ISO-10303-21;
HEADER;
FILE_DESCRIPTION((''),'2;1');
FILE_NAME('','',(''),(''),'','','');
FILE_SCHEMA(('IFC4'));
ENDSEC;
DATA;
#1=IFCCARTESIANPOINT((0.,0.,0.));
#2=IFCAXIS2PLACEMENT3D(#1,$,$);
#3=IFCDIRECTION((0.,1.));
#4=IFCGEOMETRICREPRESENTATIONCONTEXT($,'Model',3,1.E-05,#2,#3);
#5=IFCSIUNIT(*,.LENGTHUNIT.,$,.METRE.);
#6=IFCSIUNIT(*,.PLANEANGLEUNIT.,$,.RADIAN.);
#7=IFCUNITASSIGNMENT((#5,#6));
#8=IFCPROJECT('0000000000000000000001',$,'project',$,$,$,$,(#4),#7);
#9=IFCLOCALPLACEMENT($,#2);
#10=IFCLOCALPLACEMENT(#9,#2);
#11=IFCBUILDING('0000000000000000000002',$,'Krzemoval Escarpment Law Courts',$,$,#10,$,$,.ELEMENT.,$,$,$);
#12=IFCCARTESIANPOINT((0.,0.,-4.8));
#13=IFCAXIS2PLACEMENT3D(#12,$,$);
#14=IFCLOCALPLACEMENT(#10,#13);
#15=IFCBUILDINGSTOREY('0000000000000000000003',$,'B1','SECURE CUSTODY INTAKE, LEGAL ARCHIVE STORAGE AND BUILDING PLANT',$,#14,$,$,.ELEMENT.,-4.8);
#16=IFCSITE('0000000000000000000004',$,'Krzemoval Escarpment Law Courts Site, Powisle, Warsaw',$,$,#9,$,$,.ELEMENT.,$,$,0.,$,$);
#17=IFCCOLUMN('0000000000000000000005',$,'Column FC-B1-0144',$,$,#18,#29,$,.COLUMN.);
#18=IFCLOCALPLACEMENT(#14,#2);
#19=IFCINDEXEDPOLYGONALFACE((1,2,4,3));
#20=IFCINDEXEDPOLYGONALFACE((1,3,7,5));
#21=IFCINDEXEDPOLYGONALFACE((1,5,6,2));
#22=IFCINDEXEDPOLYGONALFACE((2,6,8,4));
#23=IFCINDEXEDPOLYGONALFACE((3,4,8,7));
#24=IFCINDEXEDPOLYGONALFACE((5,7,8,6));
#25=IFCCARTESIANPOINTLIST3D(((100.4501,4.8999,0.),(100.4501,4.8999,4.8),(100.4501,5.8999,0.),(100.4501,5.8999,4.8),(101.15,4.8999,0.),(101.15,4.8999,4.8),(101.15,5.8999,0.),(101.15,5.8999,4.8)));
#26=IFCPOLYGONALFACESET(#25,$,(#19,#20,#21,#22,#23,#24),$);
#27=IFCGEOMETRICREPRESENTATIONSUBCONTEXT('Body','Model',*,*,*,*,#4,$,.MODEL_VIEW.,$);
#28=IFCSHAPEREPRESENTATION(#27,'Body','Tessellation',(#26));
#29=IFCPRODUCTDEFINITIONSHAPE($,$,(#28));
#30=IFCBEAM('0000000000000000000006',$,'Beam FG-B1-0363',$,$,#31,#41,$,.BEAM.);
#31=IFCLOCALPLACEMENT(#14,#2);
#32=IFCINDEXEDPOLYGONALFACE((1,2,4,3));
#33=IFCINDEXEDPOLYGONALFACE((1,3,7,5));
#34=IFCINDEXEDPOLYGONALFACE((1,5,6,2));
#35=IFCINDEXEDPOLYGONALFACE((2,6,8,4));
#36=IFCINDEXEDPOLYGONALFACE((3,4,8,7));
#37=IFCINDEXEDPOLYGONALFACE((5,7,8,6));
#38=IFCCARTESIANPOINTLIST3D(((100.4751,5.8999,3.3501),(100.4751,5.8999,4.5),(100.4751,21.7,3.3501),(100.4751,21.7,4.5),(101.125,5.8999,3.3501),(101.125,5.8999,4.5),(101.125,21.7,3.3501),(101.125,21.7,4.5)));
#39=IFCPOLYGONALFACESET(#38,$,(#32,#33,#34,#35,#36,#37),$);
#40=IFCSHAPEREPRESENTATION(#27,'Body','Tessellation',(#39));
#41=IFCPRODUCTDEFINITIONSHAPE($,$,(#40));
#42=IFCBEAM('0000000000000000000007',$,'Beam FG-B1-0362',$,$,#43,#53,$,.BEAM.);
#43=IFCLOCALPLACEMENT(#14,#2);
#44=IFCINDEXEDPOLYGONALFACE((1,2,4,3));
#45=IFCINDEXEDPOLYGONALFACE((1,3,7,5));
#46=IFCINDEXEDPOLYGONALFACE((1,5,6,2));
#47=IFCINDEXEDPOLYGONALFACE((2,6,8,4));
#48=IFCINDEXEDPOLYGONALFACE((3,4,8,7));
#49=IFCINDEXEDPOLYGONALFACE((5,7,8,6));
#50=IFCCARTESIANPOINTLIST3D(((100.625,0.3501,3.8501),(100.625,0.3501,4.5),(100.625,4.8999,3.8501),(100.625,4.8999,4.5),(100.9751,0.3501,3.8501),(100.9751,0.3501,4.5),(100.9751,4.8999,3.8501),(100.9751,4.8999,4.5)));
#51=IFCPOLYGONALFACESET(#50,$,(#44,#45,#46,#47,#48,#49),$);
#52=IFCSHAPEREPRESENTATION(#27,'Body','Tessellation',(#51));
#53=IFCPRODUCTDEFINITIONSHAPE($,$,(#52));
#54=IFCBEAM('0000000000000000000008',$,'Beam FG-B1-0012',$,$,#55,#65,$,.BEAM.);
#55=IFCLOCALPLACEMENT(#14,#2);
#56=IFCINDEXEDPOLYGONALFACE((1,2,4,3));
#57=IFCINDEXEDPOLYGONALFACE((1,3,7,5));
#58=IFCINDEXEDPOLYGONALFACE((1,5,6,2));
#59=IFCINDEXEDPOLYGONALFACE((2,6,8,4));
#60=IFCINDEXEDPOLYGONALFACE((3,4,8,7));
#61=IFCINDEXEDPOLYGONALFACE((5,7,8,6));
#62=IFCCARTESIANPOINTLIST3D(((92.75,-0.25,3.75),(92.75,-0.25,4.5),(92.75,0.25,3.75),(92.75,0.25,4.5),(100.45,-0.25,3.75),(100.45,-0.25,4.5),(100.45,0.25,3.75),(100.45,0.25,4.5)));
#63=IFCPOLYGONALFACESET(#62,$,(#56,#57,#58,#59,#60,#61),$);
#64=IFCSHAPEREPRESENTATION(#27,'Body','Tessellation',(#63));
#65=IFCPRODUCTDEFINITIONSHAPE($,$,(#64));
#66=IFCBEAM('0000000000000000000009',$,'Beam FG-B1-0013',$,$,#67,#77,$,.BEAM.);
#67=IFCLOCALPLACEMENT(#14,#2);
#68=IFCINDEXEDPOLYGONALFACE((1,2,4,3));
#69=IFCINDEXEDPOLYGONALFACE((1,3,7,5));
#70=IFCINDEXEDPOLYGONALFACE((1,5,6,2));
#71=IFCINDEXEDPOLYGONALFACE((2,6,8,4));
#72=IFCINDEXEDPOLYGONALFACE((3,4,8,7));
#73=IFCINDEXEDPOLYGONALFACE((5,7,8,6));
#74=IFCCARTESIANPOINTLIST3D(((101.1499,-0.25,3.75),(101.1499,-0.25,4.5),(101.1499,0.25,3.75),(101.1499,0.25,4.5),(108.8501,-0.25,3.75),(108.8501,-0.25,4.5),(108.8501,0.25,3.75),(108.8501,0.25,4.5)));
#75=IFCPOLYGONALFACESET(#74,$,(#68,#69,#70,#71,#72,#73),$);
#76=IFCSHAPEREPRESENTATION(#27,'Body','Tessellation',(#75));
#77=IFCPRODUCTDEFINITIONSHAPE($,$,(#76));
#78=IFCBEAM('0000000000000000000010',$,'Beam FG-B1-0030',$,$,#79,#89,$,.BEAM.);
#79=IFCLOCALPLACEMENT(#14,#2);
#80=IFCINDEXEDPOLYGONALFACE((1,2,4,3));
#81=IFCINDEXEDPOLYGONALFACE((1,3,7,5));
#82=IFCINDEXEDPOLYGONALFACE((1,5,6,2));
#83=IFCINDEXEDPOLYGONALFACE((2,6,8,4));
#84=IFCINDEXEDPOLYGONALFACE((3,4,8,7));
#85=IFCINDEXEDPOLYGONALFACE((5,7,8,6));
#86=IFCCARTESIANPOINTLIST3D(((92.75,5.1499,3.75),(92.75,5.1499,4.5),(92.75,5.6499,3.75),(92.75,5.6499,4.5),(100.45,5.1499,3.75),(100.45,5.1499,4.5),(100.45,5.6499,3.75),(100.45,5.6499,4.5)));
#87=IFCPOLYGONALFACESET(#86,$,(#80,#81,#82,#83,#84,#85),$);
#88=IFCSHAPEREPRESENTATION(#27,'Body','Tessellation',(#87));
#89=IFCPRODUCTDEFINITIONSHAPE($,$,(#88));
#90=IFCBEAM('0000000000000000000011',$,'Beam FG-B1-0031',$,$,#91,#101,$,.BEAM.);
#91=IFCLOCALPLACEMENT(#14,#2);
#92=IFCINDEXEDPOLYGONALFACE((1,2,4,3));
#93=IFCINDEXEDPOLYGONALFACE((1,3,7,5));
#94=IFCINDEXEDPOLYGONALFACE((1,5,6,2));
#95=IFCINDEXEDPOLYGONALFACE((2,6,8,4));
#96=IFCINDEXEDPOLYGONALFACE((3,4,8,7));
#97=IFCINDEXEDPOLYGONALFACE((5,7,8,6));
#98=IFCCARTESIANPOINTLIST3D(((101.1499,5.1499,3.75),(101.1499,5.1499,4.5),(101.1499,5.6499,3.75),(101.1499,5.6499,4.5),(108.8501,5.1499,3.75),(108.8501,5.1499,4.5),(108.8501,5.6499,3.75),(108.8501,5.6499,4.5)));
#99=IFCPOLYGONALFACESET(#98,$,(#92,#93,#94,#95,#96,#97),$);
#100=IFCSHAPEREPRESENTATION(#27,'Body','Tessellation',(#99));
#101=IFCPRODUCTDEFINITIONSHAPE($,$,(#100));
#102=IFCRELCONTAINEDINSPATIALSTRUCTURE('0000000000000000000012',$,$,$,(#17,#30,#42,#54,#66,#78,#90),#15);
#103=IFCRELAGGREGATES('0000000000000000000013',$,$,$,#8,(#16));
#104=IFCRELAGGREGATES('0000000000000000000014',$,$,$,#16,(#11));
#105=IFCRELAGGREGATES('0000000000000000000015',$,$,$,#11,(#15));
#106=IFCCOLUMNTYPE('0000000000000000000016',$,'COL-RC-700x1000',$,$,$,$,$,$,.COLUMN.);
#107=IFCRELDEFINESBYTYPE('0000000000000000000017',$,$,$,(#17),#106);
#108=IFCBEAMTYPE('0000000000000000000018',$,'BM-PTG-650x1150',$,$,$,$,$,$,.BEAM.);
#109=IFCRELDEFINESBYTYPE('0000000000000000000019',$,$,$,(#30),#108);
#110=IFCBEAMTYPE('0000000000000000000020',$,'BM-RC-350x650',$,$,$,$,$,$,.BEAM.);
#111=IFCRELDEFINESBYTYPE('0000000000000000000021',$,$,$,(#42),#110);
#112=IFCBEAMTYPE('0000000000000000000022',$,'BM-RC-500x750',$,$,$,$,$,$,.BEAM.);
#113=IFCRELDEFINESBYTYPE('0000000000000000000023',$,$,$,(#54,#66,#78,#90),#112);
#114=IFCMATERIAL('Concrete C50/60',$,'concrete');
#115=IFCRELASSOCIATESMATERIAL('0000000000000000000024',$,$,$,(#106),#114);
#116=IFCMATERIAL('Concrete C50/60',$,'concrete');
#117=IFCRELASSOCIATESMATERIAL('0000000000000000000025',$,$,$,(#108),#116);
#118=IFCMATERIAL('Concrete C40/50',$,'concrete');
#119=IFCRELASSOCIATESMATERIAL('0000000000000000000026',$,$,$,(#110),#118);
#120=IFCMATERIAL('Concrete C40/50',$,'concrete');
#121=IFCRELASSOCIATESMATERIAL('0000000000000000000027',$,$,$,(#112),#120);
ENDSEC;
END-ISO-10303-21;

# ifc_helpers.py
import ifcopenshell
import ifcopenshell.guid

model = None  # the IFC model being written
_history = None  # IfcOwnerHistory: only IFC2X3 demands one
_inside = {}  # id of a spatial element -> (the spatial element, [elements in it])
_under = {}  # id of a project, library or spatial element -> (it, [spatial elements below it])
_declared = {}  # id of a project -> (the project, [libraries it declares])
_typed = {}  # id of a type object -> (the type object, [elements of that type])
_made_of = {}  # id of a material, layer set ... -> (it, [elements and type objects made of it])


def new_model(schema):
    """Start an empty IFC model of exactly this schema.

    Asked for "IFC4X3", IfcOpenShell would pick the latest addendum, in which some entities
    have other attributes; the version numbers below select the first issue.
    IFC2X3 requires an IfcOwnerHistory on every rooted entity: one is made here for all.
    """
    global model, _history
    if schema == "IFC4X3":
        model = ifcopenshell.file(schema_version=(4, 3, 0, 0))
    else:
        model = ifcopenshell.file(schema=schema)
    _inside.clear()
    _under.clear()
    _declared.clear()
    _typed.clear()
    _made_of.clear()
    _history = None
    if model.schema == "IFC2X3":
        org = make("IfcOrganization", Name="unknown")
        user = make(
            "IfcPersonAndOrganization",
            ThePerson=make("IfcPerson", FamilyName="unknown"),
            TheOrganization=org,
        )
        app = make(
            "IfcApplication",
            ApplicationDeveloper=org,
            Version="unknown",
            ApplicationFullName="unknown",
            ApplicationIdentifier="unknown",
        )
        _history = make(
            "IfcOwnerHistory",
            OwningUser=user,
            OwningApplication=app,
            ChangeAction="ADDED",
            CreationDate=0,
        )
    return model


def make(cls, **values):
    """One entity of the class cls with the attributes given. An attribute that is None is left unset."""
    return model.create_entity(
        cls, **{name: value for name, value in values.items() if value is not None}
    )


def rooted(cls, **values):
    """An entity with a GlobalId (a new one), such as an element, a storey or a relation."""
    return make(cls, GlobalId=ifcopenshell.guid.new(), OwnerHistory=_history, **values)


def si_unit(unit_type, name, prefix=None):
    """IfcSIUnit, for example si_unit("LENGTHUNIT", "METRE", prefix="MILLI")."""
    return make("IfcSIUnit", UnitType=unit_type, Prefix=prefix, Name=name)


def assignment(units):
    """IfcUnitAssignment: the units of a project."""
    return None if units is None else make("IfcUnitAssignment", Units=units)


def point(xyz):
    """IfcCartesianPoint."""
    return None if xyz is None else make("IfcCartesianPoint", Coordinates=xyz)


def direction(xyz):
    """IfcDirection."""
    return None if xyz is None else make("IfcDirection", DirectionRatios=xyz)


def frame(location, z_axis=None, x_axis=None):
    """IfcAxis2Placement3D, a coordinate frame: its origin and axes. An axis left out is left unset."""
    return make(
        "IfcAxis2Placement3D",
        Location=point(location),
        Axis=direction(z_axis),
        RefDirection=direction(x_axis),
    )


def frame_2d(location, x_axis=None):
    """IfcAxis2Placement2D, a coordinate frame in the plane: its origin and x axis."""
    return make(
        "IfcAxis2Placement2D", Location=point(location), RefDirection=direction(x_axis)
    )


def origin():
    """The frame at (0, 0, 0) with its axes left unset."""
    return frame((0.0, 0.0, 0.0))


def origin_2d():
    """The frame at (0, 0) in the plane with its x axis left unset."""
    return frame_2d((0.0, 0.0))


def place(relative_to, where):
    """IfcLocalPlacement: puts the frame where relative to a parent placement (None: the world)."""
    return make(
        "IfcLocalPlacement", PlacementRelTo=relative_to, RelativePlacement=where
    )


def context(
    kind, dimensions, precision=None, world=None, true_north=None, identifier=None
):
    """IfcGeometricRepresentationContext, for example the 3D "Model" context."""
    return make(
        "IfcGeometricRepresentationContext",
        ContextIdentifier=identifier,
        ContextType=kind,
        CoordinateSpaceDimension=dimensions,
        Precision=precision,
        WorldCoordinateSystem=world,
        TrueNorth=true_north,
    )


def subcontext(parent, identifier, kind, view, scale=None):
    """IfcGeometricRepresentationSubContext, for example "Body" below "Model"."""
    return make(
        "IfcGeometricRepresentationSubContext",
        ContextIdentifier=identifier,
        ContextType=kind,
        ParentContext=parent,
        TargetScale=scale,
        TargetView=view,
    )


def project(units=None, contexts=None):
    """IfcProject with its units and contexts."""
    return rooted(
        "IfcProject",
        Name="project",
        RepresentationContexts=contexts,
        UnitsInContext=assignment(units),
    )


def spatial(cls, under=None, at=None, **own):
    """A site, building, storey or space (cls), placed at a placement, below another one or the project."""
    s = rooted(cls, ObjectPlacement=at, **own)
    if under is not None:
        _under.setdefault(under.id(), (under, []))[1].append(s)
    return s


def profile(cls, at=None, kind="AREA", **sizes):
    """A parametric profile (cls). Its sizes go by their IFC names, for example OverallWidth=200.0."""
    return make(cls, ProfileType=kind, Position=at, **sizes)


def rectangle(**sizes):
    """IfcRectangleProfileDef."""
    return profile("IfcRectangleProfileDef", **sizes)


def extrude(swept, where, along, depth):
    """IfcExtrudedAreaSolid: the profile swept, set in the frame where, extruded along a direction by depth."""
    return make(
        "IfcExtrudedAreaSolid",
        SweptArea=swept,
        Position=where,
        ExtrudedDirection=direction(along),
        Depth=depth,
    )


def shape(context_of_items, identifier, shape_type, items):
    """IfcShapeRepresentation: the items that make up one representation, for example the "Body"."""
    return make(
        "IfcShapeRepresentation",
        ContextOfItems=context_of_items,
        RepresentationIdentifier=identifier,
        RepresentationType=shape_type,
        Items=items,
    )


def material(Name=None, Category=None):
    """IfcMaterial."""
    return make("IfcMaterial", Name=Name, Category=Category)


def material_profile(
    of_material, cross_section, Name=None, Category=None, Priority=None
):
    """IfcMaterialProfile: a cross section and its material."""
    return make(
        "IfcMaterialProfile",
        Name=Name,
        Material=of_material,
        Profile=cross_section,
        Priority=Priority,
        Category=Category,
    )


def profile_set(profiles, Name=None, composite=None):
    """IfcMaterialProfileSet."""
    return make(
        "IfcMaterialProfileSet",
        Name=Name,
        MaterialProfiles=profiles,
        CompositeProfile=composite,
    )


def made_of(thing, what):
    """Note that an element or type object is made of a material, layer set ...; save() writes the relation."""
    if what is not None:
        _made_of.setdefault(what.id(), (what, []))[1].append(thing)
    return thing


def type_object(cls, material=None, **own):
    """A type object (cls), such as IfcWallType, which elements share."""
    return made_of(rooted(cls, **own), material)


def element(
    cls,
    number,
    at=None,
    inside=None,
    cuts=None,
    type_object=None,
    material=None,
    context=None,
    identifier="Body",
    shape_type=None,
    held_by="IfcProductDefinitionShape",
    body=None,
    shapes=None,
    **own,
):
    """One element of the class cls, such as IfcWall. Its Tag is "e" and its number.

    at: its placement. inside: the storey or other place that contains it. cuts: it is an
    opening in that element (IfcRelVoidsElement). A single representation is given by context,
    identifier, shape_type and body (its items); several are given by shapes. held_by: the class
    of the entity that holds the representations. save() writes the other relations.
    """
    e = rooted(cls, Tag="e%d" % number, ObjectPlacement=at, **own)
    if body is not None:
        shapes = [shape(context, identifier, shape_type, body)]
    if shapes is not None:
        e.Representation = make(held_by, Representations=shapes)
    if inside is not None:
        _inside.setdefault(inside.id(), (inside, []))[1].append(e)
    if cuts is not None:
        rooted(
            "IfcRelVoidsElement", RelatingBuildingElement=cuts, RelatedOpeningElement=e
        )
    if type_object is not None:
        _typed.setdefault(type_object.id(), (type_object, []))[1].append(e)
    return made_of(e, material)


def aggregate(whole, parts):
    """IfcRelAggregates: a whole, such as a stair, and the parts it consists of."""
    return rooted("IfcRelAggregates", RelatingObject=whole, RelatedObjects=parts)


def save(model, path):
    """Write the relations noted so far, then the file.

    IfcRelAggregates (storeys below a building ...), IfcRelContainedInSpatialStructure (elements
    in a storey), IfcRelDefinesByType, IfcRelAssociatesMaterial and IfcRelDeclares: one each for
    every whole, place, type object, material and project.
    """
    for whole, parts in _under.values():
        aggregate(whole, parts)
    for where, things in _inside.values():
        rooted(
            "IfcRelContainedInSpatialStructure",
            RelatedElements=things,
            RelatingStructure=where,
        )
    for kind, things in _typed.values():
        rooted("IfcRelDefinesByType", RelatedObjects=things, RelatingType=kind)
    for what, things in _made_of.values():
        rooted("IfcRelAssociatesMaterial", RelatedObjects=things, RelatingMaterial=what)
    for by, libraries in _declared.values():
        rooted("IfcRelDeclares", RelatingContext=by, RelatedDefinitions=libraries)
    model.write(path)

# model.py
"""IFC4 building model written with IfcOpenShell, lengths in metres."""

from ifc_helpers import new_model, si_unit, direction, frame, origin, origin_2d, place, context, subcontext, project, spatial, rectangle, extrude, material, material_profile, profile_set, type_object, element, save


model = new_model("IFC4")

# Units and contexts
model_context = context("Model", 3, precision=1e-05, world=origin(), true_north=direction((0.0, 1.0)))
body_context = subcontext(model_context, "Body", "Model", "MODEL_VIEW")
ifc_project = project(units=[si_unit("LENGTHUNIT", "METRE"), si_unit("PLANEANGLEUNIT", "RADIAN")], contexts=[model_context])

# Site, building, storey
site_placement = place(None, origin())
site = spatial("IfcSite", under=ifc_project, at=site_placement, Name="Krzemoval Escarpment Law Courts Site, Powisle, Warsaw", CompositionType="ELEMENT", RefElevation=0.0)
building_placement = place(site_placement, origin())
building = spatial("IfcBuilding", under=site, at=building_placement, Name="Krzemoval Escarpment Law Courts", CompositionType="ELEMENT")
storey_placement = place(building_placement, frame((0.0, 0.0, -4.8)))
storey = spatial("IfcBuildingStorey", under=building, at=storey_placement, Name="B1", Description="SECURE CUSTODY INTAKE, LEGAL ARCHIVE STORAGE AND BUILDING PLANT", CompositionType="ELEMENT", Elevation=-4.8)

# Column
ifc_material_1 = material(Name="Concrete C50/60", Category="concrete")
ifc_material_profile_1 = material_profile(ifc_material_1, rectangle(XDim=0.7, YDim=1.0, at=origin_2d()), Name="RC 700x1000")
ifc_profile_set_1 = profile_set([ifc_material_profile_1], Name="Concrete C50/60")
column_type_1 = type_object("IfcColumnType", Name="COL-RC-700x1000", PredefinedType="COLUMN", material=ifc_profile_set_1)
column_1_placement = place(storey_placement, frame((100.8, 5.3999, 0.0), z_axis=(0.0, 0.0, 1.0), x_axis=(1.0, 0.0, 0.0)))
element("IfcColumn", 1, at=column_1_placement, inside=storey, type_object=column_type_1, Name="Column FC-B1-0144", PredefinedType="COLUMN", context=body_context, shape_type="SweptSolid", body=[
    extrude(rectangle(XDim=0.7, YDim=1.0, at=origin_2d()), origin(), (0.0, 0.0, 1.0), 4.8),
])

# Beams
ifc_material_2 = material(Name="Concrete C50/60", Category="concrete")
ifc_material_profile_2 = material_profile(ifc_material_2, rectangle(XDim=0.6499, YDim=1.1499, at=origin_2d()), Name="PTG 650x1150")
ifc_profile_set_2 = profile_set([ifc_material_profile_2], Name="Concrete C50/60")
beam_type_1 = type_object("IfcBeamType", Name="BM-PTG-650x1150", PredefinedType="BEAM", material=ifc_profile_set_2)
beam_1_placement = place(storey_placement, frame((100.8, 5.8999, 3.925), z_axis=(0.0, 1.0, 0.0), x_axis=(-1.0, 0.0, 0.0)))
element("IfcBeam", 2, at=beam_1_placement, inside=storey, type_object=beam_type_1, Name="Beam FG-B1-0363", PredefinedType="BEAM", context=body_context, shape_type="SweptSolid", body=[
    extrude(rectangle(XDim=0.6499, YDim=1.1499, at=origin_2d()), origin(), (0.0, 0.0, 1.0), 15.8),
])
ifc_material_3 = material(Name="Concrete C40/50", Category="concrete")
ifc_material_profile_3 = material_profile(ifc_material_3, rectangle(XDim=0.3501, YDim=0.6499, at=origin_2d()), Name="RCB 350x650")
ifc_profile_set_3 = profile_set([ifc_material_profile_3], Name="Concrete C40/50")
beam_type_2 = type_object("IfcBeamType", Name="BM-RC-350x650", PredefinedType="BEAM", material=ifc_profile_set_3)
beam_2_placement = place(storey_placement, frame((100.8, 0.3501, 4.175), z_axis=(0.0, 1.0, 0.0), x_axis=(-1.0, 0.0, 0.0)))
element("IfcBeam", 3, at=beam_2_placement, inside=storey, type_object=beam_type_2, Name="Beam FG-B1-0362", PredefinedType="BEAM", context=body_context, shape_type="SweptSolid", body=[
    extrude(rectangle(XDim=0.3501, YDim=0.6499, at=origin_2d()), origin(), (0.0, 0.0, 1.0), 4.5498),
])
ifc_material_4 = material(Name="Concrete C40/50", Category="concrete")
ifc_material_profile_4 = material_profile(ifc_material_4, rectangle(XDim=0.5, YDim=0.75, at=origin_2d()), Name="RCB 500x750")
ifc_profile_set_4 = profile_set([ifc_material_profile_4], Name="Concrete C40/50")
beam_type_3 = type_object("IfcBeamType", Name="BM-RC-500x750", PredefinedType="BEAM", material=ifc_profile_set_4)
beam_3_placement = place(storey_placement, frame((92.75, 0.0, 4.125), z_axis=(1.0, 0.0, 0.0), x_axis=(0.0, 1.0, 0.0)))
element("IfcBeam", 4, at=beam_3_placement, inside=storey, type_object=beam_type_3, Name="Beam FG-B1-0012", PredefinedType="BEAM", context=body_context, shape_type="SweptSolid", body=[
    extrude(rectangle(XDim=0.5, YDim=0.75, at=origin_2d()), origin(), (0.0, 0.0, 1.0), 7.7),
])
beam_4_placement = place(storey_placement, frame((101.1499, 0.0, 4.125), z_axis=(1.0, 0.0, 0.0), x_axis=(0.0, 1.0, 0.0)))
element("IfcBeam", 5, at=beam_4_placement, inside=storey, type_object=beam_type_3, Name="Beam FG-B1-0013", PredefinedType="BEAM", context=body_context, shape_type="SweptSolid", body=[
    extrude(rectangle(XDim=0.5, YDim=0.75, at=origin_2d()), origin(), (0.0, 0.0, 1.0), 7.7002),
])
beam_5_placement = place(storey_placement, frame((92.75, 5.3999, 4.125), z_axis=(1.0, 0.0, 0.0), x_axis=(0.0, 1.0, 0.0)))
element("IfcBeam", 6, at=beam_5_placement, inside=storey, type_object=beam_type_3, Name="Beam FG-B1-0030", PredefinedType="BEAM", context=body_context, shape_type="SweptSolid", body=[
    extrude(rectangle(XDim=0.5, YDim=0.75, at=origin_2d()), origin(), (0.0, 0.0, 1.0), 7.7),
])
beam_6_placement = place(storey_placement, frame((101.1499, 5.3999, 4.125), z_axis=(1.0, 0.0, 0.0), x_axis=(0.0, 1.0, 0.0)))
element("IfcBeam", 7, at=beam_6_placement, inside=storey, type_object=beam_type_3, Name="Beam FG-B1-0031", PredefinedType="BEAM", context=body_context, shape_type="SweptSolid", body=[
    extrude(rectangle(XDim=0.5, YDim=0.75, at=origin_2d()), origin(), (0.0, 0.0, 1.0), 7.7002),
])

save(model, "model.ifc")
